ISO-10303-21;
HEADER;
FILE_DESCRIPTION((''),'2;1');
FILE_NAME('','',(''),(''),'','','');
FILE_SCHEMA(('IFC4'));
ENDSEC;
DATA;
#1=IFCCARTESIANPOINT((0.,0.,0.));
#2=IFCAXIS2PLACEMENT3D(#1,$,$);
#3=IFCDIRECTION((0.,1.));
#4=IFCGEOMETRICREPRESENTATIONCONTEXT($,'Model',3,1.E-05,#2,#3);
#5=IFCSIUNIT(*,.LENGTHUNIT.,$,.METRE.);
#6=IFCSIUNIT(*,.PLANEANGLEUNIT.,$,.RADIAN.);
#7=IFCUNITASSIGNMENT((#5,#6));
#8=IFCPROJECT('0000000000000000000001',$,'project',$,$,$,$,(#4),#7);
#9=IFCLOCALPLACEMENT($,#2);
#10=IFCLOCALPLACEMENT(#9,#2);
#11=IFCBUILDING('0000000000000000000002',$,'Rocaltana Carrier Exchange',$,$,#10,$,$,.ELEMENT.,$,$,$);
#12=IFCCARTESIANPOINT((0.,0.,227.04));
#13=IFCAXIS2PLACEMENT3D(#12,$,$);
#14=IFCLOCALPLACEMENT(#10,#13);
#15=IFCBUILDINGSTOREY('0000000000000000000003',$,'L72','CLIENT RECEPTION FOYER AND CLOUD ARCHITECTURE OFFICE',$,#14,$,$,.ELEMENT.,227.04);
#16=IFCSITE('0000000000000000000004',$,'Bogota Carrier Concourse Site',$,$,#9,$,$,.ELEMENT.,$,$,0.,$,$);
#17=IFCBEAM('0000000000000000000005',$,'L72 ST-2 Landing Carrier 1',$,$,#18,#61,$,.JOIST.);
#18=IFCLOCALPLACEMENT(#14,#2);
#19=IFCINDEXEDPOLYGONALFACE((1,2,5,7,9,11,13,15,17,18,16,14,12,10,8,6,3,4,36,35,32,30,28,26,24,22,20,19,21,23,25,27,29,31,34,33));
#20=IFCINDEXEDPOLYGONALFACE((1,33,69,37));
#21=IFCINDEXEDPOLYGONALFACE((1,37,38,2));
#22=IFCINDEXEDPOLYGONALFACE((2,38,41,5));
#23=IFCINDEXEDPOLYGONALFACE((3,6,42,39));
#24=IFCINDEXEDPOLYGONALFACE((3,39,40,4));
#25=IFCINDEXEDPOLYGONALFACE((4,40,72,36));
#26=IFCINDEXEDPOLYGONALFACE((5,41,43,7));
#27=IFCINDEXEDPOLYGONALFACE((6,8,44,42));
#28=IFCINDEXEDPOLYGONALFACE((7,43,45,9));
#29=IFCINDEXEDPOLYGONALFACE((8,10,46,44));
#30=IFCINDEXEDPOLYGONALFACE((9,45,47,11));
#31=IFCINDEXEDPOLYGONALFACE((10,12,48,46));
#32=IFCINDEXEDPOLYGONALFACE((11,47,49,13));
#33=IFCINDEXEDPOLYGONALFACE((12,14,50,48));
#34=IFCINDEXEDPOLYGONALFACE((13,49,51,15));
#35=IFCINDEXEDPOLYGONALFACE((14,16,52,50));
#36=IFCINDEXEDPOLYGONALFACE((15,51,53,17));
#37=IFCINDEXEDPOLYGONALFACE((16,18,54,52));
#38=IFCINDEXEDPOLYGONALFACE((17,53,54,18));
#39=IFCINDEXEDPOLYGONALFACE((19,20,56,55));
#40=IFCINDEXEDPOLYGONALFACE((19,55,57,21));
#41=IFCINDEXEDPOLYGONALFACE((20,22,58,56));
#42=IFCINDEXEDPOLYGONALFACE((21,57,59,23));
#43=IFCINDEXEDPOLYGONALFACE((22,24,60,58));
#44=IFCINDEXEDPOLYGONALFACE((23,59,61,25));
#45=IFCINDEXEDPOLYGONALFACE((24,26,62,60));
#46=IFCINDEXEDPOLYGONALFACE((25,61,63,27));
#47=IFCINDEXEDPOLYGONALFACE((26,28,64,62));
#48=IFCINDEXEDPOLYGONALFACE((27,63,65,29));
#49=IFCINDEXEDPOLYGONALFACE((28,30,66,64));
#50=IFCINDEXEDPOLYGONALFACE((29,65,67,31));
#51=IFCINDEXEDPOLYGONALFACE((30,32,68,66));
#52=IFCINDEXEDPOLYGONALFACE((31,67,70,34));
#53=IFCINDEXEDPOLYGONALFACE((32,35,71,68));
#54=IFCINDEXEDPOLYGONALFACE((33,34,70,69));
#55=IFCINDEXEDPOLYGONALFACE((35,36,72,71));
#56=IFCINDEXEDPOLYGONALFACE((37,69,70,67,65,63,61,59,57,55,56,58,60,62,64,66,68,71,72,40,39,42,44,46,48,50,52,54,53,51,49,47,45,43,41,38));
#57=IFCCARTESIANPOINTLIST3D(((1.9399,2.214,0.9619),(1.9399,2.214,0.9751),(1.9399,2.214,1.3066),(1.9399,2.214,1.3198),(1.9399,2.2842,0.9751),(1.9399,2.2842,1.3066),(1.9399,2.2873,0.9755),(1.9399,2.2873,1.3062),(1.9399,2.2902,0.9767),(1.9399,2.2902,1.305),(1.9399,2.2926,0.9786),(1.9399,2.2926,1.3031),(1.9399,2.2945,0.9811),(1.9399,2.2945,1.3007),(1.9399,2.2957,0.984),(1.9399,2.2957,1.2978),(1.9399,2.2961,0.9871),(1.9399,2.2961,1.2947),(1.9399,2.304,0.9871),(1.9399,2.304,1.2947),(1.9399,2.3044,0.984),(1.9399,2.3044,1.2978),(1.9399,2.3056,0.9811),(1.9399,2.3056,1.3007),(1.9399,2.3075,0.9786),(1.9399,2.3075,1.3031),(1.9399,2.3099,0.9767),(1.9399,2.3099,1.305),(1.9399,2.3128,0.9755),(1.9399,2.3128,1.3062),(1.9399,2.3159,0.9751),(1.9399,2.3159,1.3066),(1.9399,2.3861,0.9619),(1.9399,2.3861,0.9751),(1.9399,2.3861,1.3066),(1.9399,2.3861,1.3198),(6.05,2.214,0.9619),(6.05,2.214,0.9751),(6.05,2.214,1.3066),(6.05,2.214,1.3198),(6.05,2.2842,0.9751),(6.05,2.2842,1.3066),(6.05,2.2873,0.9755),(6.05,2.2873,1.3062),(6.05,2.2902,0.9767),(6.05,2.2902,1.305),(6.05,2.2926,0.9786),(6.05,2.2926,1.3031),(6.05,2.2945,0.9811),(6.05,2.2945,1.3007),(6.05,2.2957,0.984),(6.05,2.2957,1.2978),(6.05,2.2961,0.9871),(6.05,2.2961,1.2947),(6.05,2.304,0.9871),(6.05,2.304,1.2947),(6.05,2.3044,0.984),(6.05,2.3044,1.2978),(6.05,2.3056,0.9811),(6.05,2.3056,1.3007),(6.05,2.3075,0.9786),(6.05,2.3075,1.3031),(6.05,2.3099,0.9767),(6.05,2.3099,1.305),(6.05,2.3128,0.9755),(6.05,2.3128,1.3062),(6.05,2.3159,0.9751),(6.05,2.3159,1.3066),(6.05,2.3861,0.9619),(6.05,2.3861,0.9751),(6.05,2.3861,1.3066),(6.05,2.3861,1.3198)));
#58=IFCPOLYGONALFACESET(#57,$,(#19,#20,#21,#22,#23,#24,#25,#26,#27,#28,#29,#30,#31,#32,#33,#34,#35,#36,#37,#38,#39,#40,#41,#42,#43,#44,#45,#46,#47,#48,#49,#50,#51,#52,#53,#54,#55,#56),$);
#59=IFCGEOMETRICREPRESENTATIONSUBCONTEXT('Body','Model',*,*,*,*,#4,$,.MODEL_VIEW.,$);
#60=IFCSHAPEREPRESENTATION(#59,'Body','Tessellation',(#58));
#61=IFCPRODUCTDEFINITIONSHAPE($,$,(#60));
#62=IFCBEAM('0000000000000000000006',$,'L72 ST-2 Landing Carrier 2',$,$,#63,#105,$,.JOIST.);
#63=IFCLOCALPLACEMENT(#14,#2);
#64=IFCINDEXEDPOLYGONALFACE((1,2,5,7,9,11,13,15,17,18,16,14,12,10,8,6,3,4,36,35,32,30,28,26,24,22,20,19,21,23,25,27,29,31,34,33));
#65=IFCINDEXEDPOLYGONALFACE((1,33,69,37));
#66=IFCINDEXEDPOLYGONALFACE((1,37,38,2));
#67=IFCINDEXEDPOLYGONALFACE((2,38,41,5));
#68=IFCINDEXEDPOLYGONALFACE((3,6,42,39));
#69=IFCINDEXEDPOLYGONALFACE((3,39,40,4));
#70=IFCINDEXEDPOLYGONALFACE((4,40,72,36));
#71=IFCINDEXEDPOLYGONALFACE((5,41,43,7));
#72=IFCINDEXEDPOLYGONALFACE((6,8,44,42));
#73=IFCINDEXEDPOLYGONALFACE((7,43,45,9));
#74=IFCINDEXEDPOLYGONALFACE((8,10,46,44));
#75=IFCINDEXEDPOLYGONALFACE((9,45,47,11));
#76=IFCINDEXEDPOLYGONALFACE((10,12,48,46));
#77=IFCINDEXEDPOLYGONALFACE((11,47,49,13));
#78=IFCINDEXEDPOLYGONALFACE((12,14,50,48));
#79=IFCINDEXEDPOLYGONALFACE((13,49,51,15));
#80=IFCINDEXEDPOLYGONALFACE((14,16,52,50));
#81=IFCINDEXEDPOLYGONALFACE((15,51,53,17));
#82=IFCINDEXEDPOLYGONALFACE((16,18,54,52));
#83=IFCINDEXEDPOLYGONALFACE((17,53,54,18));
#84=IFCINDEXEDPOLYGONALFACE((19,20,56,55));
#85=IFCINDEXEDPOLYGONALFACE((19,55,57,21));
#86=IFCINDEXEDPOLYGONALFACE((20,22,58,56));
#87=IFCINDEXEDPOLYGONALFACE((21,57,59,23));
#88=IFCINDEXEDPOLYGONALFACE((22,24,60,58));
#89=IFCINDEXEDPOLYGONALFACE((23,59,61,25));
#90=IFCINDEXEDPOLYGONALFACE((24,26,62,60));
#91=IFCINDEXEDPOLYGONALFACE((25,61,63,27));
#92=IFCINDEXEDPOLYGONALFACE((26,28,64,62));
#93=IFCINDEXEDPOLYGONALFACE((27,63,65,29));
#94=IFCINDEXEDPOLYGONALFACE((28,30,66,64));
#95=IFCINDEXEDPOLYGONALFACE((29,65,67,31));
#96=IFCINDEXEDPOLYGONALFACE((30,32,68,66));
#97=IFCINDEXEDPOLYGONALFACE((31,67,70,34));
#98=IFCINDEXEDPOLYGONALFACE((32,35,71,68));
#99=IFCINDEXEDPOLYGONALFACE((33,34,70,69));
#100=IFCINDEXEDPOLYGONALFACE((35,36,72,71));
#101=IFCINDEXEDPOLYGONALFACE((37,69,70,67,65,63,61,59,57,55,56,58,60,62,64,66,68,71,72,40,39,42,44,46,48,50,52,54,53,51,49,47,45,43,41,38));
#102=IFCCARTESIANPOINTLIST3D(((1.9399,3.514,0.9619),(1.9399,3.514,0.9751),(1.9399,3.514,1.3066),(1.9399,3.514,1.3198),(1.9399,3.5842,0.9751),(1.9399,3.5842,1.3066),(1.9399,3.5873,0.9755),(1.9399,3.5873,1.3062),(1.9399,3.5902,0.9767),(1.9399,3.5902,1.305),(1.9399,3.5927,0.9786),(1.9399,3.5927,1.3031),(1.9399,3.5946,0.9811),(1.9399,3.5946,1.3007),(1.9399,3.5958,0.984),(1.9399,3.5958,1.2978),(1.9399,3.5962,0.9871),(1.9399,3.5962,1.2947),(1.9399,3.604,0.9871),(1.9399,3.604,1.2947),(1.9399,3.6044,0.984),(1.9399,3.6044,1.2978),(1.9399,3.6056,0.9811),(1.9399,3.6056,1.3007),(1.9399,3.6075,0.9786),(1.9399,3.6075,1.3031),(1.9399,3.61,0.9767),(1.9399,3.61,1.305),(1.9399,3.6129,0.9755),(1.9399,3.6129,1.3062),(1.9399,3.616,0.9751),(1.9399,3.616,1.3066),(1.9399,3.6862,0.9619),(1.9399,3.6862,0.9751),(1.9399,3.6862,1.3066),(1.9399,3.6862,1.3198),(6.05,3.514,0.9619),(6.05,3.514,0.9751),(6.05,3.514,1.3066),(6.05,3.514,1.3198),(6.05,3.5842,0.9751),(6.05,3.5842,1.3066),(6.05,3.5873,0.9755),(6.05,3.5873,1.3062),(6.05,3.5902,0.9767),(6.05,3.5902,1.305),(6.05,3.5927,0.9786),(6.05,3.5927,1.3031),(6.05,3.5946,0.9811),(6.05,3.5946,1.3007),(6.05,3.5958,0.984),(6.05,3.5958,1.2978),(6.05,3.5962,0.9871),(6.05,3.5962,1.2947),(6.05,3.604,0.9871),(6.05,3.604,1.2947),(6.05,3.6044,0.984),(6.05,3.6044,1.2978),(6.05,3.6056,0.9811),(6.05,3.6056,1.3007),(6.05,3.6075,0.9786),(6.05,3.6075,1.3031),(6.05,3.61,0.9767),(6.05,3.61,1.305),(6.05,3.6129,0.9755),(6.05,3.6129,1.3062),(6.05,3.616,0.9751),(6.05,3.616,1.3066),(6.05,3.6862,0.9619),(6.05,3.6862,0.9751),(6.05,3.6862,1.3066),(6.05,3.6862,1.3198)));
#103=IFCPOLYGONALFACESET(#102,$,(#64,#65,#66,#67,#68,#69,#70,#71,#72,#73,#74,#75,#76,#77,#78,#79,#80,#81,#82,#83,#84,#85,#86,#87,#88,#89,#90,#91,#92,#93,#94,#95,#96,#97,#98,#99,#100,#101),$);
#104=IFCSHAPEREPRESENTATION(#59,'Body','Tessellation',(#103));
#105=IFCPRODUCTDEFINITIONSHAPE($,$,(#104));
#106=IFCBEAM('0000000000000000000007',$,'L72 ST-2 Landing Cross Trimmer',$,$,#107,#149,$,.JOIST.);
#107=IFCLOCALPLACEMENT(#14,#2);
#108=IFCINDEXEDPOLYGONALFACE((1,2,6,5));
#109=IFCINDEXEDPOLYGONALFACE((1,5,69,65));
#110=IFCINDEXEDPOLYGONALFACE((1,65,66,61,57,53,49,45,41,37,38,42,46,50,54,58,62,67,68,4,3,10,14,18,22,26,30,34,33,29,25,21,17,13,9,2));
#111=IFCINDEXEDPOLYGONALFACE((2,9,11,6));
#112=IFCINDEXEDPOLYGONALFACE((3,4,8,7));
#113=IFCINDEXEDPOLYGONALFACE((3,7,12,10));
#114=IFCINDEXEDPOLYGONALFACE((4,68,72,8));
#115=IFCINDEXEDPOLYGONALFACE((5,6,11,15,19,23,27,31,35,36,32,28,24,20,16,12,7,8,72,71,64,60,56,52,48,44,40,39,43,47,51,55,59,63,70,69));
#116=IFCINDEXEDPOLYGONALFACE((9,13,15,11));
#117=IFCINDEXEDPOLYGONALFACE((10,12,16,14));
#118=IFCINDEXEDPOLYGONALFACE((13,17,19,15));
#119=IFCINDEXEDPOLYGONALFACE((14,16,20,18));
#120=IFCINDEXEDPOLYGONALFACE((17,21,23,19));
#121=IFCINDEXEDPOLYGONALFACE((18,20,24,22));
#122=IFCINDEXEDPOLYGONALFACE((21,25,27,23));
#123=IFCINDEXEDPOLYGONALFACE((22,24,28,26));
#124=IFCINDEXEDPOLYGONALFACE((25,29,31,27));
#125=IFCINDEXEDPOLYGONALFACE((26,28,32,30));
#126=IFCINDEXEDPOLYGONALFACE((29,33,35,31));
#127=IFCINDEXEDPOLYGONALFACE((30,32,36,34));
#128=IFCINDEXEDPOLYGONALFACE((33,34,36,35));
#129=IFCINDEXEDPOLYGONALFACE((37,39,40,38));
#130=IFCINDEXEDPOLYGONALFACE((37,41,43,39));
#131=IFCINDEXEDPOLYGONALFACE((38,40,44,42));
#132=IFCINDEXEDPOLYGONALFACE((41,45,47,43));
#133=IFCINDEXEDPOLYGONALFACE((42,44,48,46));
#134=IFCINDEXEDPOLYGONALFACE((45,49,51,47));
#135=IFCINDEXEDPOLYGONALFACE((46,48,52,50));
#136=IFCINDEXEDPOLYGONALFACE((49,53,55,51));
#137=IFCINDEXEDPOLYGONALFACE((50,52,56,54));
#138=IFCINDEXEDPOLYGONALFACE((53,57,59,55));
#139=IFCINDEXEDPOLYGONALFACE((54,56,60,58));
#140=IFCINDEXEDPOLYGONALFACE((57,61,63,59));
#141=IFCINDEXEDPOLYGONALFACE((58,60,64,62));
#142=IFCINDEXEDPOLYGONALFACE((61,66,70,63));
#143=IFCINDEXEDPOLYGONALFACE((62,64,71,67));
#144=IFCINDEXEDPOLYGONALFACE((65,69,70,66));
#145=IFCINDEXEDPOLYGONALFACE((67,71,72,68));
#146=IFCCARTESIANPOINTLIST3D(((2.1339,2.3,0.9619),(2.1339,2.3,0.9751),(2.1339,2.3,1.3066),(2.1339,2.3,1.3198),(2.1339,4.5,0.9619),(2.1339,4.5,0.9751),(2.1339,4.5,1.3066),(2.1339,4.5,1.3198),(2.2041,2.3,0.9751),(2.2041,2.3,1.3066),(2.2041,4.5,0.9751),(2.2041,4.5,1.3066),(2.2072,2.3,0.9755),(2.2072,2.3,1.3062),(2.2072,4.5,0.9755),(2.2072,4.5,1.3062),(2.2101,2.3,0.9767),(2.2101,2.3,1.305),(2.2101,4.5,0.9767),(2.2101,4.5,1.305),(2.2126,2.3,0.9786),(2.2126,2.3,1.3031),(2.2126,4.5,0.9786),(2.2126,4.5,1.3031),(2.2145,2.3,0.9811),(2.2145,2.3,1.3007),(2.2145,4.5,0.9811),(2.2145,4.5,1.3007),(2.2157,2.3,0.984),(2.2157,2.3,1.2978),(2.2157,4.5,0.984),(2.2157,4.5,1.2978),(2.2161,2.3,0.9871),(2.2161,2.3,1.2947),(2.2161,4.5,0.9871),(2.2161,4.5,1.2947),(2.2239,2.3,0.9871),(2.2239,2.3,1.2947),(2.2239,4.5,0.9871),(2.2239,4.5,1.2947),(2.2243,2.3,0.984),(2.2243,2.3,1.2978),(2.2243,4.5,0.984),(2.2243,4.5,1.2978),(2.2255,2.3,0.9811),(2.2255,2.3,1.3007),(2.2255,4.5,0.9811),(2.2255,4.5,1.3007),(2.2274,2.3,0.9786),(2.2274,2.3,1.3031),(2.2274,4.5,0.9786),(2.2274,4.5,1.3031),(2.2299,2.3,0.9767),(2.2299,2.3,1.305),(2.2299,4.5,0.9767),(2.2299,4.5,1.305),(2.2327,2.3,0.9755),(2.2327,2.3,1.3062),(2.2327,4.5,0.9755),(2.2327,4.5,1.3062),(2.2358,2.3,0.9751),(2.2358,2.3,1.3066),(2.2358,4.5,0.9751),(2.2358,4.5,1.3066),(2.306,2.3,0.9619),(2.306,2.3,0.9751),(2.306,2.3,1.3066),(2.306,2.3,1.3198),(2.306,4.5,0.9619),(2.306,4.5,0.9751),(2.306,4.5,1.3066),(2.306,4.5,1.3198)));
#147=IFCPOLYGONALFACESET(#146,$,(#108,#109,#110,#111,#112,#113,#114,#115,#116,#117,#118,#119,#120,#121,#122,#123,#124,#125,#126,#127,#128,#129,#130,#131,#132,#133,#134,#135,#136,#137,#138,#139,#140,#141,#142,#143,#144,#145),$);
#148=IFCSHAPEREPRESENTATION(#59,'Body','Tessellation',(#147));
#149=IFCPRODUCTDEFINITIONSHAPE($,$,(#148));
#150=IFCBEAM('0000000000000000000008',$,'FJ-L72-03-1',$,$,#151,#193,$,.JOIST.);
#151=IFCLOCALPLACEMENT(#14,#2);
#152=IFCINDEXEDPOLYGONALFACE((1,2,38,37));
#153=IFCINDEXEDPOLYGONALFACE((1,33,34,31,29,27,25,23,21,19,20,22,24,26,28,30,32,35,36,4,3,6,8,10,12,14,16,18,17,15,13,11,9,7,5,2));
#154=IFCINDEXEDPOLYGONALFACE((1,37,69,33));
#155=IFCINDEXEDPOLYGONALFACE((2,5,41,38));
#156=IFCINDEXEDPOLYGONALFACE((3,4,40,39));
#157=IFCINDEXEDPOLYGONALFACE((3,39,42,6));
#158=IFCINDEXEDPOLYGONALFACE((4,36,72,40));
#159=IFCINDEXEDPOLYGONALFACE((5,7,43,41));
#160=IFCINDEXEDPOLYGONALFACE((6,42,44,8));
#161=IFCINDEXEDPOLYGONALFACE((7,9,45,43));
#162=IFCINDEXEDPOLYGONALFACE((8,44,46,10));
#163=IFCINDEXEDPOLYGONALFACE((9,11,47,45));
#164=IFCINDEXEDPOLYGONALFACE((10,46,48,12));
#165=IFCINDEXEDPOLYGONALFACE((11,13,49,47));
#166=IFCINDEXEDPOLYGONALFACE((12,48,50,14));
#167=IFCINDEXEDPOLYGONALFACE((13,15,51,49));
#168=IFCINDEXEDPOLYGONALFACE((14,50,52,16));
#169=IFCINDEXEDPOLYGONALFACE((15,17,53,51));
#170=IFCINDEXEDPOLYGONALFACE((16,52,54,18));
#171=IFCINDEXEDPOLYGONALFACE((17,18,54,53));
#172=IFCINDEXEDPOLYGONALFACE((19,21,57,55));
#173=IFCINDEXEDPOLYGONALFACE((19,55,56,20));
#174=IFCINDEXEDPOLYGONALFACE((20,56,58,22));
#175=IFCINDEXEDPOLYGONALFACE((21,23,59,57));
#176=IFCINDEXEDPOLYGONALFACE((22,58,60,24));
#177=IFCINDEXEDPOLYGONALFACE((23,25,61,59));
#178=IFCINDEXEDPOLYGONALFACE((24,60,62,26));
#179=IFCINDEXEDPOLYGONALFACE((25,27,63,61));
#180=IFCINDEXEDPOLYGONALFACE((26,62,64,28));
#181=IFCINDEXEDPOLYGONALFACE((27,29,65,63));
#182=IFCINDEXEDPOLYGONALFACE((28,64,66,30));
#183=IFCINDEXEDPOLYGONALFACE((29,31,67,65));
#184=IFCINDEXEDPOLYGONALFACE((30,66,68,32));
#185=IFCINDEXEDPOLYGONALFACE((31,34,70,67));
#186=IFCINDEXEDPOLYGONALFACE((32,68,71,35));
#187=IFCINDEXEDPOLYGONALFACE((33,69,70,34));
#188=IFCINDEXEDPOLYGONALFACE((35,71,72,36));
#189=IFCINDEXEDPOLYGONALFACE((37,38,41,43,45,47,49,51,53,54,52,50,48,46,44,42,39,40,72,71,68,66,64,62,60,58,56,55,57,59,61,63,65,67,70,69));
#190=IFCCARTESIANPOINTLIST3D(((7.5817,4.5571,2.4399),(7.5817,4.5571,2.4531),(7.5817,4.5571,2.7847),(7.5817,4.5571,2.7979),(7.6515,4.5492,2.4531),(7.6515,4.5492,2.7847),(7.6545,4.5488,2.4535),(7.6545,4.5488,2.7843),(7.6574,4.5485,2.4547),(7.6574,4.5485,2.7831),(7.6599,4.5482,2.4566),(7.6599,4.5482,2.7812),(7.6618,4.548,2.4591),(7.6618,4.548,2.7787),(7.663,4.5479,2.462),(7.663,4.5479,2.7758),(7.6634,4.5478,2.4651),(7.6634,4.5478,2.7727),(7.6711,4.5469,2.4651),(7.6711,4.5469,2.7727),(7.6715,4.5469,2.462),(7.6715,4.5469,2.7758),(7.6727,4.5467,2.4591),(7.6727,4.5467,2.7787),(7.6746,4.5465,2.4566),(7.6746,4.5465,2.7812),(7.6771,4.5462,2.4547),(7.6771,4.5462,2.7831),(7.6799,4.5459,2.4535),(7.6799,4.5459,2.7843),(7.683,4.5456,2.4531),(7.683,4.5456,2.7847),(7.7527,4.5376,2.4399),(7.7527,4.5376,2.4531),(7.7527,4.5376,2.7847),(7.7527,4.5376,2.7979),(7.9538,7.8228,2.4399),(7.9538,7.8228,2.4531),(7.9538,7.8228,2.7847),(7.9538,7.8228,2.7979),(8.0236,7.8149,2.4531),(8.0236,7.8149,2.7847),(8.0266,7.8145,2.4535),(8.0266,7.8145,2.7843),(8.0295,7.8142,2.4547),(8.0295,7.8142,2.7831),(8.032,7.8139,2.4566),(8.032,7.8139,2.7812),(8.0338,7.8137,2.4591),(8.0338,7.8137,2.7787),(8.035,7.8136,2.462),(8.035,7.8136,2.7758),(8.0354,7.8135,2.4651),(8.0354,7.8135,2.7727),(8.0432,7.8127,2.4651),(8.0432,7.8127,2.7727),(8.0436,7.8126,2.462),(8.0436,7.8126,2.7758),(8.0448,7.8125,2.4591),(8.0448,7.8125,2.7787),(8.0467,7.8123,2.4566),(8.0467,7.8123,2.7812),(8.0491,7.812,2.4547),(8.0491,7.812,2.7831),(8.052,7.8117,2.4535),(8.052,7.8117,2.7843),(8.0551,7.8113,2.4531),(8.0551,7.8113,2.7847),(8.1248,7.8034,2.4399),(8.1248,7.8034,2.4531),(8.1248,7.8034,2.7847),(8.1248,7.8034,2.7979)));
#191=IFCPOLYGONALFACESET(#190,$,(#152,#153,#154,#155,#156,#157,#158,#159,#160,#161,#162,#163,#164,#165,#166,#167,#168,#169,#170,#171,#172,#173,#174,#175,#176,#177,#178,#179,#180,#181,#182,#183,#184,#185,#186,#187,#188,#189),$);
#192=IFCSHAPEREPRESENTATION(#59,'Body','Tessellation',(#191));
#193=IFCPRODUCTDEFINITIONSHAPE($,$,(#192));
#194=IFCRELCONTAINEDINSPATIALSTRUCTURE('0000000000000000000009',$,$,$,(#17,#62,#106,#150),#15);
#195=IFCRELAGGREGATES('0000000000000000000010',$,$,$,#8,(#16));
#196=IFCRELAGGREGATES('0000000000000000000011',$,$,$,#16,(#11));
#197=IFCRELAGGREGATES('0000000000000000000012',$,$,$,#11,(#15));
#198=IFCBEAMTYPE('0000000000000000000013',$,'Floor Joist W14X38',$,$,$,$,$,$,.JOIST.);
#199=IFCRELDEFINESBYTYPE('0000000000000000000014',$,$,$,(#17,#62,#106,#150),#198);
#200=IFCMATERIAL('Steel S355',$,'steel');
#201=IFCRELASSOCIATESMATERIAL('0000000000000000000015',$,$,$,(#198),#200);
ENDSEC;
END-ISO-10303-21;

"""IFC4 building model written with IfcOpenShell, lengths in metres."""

from ifc_helpers import new_model, si_unit, direction, frame, origin, origin_2d, place, context, subcontext, project, spatial, i_section, extrude, material, material_profile, profile_set, type_object, element, save


model = new_model("IFC4")

# Units and contexts
model_context = context("Model", 3, precision=1e-05, world=origin(), true_north=direction((0.0, 1.0)))
body_context = subcontext(model_context, "Body", "Model", "MODEL_VIEW")
ifc_project = project(units=[si_unit("LENGTHUNIT", "METRE"), si_unit("PLANEANGLEUNIT", "RADIAN")], contexts=[model_context])

# Site, building, storey
site_placement = place(None, origin())
site = spatial("IfcSite", under=ifc_project, at=site_placement, Name="Bogota Carrier Concourse Site", CompositionType="ELEMENT", RefElevation=0.0)
building_placement = place(site_placement, origin())
building = spatial("IfcBuilding", under=site, at=building_placement, Name="Rocaltana Carrier Exchange", CompositionType="ELEMENT")
storey_placement = place(building_placement, frame((0.0, 0.0, 227.04)))
storey = spatial("IfcBuildingStorey", under=building, at=storey_placement, Name="L72", Description="CLIENT RECEPTION FOYER AND CLOUD ARCHITECTURE OFFICE", CompositionType="ELEMENT", Elevation=227.04)

# Beams
ifc_material_1 = material(Name="Steel S355", Category="steel")
ifc_material_profile_1 = material_profile(ifc_material_1, i_section(OverallWidth=0.1721, OverallDepth=0.3579, WebThickness=0.0078, FlangeThickness=0.0132, FilletRadius=0.012, at=origin_2d()), Name="W14X38")
ifc_profile_set_1 = profile_set([ifc_material_profile_1], Name="Steel S355")
beam_type_1 = type_object("IfcBeamType", Name="Floor Joist W14X38", PredefinedType="JOIST", material=ifc_profile_set_1)
for number, where, z_axis, x_axis, name in (
    (1, (1.9399, 2.3, 1.1409), (1.0, 0.0, 0.0), (0.0, 1.0, 0.0), "L72 ST-2 Landing Carrier 1"),
    (2, (1.9399, 3.6001, 1.1409), (1.0, 0.0, 0.0), (0.0, 1.0, 0.0), "L72 ST-2 Landing Carrier 2"),
):
    element("IfcBeam", number, at=place(storey_placement, frame(where, z_axis=z_axis, x_axis=x_axis)), inside=storey, type_object=beam_type_1, Name=name, PredefinedType="JOIST", context=body_context, shape_type="SweptSolid", body=[
        extrude(i_section(OverallWidth=0.1721, OverallDepth=0.3579, WebThickness=0.0078, FlangeThickness=0.0132, FilletRadius=0.012, at=origin_2d()), origin(), (0.0, 0.0, 1.0), 4.1101),
    ])
beam_1_placement = place(storey_placement, frame((2.22, 2.3, 1.1409), z_axis=(0.0, 1.0, 0.0), x_axis=(-1.0, 0.0, 0.0)))
element("IfcBeam", 3, at=beam_1_placement, inside=storey, type_object=beam_type_1, Name="L72 ST-2 Landing Cross Trimmer", PredefinedType="JOIST", context=body_context, shape_type="SweptSolid", body=[
    extrude(i_section(OverallWidth=0.1721, OverallDepth=0.3579, WebThickness=0.0078, FlangeThickness=0.0132, FilletRadius=0.012, at=origin_2d()), origin(), (0.0, 0.0, 1.0), 2.2),
])
beam_2_placement = place(storey_placement, frame((7.6672, 4.5474, 2.6189), z_axis=(0.113203, 0.993572, 0.0), x_axis=(-0.993572, 0.113203, 0.0)))
element("IfcBeam", 4, at=beam_2_placement, inside=storey, type_object=beam_type_1, Name="FJ-L72-03-1", PredefinedType="JOIST", context=body_context, shape_type="SweptSolid", body=[
    extrude(i_section(OverallWidth=0.1721, OverallDepth=0.3579, WebThickness=0.0078, FlangeThickness=0.0132, FilletRadius=0.012, at=origin_2d()), origin(), (0.0, 0.0, 1.0), 3.2869),
])

save(model, "model.ifc")
